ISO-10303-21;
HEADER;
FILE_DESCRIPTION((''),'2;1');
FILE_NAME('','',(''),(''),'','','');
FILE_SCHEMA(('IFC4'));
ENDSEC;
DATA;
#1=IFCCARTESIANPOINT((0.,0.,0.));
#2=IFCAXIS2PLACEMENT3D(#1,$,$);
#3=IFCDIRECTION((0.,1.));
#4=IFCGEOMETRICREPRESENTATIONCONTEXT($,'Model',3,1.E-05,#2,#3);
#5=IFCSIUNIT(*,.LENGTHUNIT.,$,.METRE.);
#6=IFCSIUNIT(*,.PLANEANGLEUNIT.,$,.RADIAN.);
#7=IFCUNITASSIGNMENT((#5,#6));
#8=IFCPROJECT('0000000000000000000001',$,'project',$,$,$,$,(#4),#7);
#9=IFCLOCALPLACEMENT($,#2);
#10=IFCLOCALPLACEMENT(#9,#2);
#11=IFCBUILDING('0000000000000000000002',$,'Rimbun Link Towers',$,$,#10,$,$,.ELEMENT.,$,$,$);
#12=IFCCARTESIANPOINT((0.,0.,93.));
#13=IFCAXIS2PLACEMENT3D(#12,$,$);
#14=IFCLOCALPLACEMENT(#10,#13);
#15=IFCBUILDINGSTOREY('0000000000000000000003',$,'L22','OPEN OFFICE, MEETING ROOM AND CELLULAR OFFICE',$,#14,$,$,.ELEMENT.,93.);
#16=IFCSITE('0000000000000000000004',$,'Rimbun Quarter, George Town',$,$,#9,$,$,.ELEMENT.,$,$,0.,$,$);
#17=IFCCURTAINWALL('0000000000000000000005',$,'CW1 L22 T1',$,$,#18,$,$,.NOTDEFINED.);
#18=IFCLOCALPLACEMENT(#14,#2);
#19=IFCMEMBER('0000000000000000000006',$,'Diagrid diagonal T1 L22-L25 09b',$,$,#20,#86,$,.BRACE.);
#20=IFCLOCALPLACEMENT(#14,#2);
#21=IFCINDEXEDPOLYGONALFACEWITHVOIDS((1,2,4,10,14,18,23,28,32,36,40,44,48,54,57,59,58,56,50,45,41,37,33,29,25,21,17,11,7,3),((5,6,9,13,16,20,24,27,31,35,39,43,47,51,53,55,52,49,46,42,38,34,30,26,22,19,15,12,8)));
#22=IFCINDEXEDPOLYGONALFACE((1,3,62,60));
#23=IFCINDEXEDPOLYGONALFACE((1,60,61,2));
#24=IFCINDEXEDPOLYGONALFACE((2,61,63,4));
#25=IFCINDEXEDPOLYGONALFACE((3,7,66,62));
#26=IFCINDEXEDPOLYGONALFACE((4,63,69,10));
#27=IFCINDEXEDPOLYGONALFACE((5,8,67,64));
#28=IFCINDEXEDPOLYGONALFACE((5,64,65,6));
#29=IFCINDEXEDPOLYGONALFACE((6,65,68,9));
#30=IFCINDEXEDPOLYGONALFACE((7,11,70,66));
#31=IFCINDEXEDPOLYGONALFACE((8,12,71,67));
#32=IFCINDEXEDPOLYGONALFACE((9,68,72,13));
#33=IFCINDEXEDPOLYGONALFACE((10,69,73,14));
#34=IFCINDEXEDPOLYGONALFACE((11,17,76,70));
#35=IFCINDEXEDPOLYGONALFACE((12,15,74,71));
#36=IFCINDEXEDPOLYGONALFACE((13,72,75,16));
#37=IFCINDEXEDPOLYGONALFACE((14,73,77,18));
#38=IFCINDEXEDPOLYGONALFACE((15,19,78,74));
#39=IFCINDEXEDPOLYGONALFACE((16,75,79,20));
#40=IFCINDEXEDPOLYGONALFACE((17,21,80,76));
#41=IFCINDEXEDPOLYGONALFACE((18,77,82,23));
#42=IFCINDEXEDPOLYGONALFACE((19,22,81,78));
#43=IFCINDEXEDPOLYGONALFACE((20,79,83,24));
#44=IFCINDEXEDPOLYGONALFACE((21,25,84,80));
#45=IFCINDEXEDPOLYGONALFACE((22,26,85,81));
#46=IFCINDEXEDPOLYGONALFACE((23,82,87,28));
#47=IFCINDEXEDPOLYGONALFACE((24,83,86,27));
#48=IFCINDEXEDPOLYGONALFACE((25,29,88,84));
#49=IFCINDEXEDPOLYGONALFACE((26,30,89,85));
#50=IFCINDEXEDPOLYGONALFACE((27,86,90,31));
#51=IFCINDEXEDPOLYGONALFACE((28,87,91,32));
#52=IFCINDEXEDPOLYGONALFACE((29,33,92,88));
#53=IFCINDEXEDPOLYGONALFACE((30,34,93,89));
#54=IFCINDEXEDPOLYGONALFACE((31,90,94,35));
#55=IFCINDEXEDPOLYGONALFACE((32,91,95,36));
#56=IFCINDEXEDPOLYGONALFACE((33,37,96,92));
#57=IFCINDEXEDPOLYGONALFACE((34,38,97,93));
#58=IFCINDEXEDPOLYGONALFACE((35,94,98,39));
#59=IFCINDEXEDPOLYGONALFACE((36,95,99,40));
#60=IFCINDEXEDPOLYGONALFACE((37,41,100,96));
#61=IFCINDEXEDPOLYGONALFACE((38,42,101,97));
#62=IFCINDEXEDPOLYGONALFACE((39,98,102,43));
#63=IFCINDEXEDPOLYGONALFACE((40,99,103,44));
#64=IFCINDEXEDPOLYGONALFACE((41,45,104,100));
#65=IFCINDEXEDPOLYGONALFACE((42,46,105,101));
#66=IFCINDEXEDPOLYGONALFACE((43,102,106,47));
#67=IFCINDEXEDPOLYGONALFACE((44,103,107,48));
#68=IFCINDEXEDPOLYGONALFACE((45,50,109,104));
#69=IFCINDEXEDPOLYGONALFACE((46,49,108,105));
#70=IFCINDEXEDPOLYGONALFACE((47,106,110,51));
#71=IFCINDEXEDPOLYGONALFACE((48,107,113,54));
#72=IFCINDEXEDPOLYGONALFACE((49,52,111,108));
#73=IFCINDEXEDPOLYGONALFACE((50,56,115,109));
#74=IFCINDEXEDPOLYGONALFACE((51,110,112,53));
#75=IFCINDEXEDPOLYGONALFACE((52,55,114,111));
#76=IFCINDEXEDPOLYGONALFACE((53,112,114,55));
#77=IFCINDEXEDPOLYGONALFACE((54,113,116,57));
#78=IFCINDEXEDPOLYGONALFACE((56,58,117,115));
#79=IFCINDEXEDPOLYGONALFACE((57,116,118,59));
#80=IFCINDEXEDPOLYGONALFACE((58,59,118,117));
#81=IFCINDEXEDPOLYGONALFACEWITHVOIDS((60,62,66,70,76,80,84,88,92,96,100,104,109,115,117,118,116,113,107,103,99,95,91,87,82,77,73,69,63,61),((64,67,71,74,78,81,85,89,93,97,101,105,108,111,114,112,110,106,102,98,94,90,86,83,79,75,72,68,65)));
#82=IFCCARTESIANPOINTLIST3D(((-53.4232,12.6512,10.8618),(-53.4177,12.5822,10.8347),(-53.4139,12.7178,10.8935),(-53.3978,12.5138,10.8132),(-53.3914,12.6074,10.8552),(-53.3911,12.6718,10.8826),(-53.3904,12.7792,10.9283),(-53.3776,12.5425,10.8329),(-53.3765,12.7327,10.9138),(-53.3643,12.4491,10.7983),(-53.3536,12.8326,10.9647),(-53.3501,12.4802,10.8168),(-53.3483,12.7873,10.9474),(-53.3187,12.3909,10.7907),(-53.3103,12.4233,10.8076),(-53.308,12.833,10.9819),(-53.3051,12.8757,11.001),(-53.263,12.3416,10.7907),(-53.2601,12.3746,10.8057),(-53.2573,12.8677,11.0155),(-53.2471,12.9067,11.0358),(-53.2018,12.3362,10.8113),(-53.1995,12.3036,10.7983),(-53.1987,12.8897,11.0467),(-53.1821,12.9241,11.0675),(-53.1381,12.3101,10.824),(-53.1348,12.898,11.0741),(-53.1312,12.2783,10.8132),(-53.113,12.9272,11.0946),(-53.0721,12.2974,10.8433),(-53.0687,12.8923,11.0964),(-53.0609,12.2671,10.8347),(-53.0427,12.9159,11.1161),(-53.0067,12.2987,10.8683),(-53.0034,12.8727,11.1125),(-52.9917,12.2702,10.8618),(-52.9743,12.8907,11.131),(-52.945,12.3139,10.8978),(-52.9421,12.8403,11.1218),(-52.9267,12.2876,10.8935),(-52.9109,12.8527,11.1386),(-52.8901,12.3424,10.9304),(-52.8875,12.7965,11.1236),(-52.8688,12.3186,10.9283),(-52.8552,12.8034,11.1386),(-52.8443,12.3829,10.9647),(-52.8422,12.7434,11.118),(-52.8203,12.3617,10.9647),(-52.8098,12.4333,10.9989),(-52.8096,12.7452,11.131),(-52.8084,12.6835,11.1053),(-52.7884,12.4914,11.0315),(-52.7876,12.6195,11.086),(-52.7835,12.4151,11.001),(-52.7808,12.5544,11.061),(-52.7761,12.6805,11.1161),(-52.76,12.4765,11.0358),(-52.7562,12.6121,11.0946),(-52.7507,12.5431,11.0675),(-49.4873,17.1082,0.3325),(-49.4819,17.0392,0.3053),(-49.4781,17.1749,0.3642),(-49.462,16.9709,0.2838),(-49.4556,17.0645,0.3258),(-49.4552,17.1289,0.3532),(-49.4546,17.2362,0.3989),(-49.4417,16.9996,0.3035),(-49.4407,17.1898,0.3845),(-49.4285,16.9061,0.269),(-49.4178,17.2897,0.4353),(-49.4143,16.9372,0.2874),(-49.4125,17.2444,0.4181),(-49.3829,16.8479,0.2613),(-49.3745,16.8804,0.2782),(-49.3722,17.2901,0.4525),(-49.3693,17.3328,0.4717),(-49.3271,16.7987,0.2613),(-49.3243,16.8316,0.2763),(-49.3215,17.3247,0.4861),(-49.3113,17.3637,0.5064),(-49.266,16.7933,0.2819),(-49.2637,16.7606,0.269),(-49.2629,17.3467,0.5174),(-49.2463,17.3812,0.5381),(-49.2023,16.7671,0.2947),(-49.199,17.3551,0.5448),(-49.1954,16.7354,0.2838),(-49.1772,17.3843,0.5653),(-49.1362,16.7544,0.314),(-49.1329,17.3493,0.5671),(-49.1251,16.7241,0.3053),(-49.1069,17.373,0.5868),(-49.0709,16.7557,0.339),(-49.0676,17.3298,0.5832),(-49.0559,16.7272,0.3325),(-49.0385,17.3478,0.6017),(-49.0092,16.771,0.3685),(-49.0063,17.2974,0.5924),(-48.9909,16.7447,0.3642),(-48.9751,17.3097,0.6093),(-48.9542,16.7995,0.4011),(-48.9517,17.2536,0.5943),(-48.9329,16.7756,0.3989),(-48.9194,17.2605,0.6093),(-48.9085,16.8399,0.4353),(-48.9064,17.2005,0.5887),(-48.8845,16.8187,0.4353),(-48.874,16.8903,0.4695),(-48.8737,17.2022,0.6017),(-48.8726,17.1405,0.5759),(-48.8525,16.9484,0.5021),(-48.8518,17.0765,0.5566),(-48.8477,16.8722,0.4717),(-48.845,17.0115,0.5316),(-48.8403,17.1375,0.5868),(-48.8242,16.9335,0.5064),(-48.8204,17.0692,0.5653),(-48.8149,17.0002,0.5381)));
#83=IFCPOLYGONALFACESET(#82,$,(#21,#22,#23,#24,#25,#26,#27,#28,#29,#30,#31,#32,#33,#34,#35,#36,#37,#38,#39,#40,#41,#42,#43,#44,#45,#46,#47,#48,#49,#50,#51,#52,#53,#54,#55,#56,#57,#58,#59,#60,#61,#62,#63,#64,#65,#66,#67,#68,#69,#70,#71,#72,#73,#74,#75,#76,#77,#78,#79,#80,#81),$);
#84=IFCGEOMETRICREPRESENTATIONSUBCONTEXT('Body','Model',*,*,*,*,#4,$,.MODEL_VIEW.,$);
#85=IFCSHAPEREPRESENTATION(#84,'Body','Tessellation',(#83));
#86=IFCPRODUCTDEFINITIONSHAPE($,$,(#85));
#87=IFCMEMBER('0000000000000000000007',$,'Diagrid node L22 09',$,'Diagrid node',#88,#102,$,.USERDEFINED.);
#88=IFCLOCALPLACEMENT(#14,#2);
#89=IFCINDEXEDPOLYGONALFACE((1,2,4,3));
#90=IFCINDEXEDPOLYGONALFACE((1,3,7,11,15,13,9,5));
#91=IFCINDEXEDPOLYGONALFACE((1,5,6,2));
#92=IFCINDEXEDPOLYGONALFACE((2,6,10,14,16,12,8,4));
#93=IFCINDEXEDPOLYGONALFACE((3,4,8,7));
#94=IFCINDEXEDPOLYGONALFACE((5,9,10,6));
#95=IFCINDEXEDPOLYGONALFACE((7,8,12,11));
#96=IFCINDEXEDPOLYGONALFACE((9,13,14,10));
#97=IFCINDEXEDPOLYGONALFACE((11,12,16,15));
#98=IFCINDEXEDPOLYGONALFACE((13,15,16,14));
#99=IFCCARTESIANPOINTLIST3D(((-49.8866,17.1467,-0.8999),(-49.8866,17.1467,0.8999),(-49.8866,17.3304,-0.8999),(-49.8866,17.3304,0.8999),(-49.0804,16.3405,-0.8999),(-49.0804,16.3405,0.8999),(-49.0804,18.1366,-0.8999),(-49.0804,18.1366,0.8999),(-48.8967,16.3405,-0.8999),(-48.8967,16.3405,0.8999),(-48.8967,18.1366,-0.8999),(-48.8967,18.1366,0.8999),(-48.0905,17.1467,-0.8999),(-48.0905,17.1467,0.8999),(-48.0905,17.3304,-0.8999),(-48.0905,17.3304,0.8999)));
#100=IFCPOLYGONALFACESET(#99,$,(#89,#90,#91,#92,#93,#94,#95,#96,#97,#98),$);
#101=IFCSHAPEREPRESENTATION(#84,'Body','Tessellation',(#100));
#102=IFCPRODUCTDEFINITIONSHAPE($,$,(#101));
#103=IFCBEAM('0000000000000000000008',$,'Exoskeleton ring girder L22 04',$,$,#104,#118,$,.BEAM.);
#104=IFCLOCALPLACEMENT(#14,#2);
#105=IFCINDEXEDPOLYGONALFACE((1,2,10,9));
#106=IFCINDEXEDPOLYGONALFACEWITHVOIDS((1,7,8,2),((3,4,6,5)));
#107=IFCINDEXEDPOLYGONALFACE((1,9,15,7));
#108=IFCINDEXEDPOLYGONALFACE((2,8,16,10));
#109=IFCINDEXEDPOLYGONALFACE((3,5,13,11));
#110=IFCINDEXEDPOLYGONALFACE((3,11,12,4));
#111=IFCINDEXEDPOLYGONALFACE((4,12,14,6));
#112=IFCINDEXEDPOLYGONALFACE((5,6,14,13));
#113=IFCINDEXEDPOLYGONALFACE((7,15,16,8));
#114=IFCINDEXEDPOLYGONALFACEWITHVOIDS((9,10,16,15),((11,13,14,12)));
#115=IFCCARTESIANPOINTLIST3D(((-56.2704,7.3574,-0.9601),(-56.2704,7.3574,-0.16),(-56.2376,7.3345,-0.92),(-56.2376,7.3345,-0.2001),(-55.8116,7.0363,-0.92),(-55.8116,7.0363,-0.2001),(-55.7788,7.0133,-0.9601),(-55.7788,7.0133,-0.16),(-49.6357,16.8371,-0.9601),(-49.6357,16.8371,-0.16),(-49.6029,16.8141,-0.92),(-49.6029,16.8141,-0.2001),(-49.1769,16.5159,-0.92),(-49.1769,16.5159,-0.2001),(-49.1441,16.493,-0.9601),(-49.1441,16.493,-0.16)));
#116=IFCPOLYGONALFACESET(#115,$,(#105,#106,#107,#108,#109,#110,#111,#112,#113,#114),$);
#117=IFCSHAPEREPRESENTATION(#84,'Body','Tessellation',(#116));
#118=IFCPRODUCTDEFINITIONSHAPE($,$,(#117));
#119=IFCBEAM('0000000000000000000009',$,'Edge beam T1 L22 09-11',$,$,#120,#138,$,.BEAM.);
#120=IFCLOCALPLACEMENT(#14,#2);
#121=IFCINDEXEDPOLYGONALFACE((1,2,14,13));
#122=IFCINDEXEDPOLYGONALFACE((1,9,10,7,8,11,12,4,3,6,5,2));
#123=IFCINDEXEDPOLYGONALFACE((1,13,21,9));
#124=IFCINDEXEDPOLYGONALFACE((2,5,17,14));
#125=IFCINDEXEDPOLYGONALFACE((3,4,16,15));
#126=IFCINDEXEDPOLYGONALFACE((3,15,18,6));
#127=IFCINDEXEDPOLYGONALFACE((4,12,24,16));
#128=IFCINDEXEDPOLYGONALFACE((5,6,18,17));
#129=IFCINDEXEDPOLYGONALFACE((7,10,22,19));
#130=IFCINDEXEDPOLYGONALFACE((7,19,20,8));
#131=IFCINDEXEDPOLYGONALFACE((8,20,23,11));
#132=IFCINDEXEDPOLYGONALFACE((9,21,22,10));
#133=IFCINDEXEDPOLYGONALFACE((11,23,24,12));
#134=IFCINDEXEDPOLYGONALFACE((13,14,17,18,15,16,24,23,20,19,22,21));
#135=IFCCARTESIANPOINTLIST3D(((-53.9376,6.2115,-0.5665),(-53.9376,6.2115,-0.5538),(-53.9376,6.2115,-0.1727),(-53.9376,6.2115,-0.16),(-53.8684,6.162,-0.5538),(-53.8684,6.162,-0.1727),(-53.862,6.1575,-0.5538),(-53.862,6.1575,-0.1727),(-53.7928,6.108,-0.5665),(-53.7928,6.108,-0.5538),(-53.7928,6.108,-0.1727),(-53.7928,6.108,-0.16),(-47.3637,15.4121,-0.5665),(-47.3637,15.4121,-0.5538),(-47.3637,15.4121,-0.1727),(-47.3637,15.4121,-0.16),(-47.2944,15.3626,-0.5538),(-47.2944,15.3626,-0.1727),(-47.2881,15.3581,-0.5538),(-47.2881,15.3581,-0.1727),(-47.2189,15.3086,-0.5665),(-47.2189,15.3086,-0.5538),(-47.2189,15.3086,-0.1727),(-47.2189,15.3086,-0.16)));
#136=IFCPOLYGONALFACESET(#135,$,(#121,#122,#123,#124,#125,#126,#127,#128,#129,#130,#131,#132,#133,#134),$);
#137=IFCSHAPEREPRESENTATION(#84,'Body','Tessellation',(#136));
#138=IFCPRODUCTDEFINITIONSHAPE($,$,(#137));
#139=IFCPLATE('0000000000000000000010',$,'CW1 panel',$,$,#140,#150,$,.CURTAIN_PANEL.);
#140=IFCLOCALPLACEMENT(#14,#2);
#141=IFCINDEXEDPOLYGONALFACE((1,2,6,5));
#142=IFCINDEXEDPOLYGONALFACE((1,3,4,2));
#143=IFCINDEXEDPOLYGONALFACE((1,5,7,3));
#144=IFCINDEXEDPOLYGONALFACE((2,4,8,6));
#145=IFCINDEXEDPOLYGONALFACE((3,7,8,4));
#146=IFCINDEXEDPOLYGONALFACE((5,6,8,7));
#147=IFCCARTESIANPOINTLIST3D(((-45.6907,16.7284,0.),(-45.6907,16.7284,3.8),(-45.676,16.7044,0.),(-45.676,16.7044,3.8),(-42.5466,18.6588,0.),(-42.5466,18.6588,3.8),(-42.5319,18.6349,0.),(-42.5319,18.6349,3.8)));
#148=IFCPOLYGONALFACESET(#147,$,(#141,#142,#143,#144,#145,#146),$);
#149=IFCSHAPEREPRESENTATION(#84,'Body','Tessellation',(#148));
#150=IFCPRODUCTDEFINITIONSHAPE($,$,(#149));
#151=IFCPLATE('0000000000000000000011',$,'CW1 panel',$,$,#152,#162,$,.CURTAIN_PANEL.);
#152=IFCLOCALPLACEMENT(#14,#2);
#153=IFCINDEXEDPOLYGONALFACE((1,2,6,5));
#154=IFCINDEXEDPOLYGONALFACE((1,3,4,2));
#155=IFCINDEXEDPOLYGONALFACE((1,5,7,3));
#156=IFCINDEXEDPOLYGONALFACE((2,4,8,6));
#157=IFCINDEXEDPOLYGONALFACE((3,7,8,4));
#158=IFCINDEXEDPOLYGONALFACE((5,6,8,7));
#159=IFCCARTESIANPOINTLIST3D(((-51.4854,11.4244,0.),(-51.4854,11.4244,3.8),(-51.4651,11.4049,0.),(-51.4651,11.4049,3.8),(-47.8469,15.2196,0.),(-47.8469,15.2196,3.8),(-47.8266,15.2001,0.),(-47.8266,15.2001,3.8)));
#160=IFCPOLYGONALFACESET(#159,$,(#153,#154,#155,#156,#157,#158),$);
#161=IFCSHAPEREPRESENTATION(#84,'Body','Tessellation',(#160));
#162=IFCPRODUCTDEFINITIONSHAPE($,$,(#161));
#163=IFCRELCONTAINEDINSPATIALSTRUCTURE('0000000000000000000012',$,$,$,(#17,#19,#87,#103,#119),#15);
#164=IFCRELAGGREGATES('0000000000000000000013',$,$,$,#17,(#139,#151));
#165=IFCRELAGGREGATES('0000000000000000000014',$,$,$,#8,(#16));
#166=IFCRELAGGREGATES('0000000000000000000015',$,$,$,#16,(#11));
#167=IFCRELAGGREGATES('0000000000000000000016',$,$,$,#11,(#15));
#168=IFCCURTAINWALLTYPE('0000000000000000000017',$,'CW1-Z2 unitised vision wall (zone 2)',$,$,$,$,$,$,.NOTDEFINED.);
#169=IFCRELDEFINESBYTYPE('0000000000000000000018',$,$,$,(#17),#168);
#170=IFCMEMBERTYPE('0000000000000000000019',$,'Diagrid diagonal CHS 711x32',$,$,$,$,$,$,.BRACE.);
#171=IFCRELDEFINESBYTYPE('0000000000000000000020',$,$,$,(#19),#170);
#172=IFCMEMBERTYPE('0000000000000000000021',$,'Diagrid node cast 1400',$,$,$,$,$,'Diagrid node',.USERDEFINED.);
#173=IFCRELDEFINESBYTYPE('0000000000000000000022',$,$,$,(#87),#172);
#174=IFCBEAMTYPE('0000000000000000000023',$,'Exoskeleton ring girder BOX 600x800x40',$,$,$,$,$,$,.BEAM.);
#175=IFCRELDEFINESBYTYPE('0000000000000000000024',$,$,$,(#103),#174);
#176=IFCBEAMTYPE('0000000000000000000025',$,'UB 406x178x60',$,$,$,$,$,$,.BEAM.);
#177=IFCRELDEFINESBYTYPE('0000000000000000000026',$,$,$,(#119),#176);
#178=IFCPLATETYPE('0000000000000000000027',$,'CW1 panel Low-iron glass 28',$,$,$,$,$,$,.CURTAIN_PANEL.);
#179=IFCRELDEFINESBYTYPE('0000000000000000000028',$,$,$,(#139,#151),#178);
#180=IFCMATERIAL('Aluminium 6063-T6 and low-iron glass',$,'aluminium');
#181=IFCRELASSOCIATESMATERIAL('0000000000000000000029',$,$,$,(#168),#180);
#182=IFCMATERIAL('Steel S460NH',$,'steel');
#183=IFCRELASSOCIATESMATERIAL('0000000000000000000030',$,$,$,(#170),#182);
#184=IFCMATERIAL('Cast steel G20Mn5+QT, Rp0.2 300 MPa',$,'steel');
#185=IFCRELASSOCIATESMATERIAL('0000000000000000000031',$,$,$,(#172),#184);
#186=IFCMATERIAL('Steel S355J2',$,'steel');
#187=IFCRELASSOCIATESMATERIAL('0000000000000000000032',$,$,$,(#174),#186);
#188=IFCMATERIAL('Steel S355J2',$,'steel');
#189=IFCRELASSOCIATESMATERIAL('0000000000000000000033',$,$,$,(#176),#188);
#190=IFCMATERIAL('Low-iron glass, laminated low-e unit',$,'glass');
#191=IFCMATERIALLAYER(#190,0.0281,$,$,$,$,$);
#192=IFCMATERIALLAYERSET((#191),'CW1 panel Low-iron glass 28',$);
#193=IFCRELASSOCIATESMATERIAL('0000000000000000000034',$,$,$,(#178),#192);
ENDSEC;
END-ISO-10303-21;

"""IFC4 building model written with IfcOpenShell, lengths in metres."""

from ifc_helpers import new_model, si_unit, direction, frame, origin, origin_2d, place, context, subcontext, project, spatial, polyline, rectangle, hollow_rectangle, hollow_circle, i_section, outline, extrude, material, layer, layer_set, material_profile, profile_set, type_object, element, aggregate, save


model = new_model("IFC4")

# Units and contexts
model_context = context("Model", 3, precision=1e-05, world=origin(), true_north=direction((0.0, 1.0)))
body_context = subcontext(model_context, "Body", "Model", "MODEL_VIEW")
ifc_project = project(units=[si_unit("LENGTHUNIT", "METRE"), si_unit("PLANEANGLEUNIT", "RADIAN")], contexts=[model_context])

# Site, building, storey
site_placement = place(None, origin())
site = spatial("IfcSite", under=ifc_project, at=site_placement, Name="Rimbun Quarter, George Town", CompositionType="ELEMENT", RefElevation=0.0)
building_placement = place(site_placement, origin())
building = spatial("IfcBuilding", under=site, at=building_placement, Name="Rimbun Link Towers", CompositionType="ELEMENT")
storey_placement = place(building_placement, frame((0.0, 0.0, 93.0)))
storey = spatial("IfcBuildingStorey", under=building, at=storey_placement, Name="L22", Description="OPEN OFFICE, MEETING ROOM AND CELLULAR OFFICE", CompositionType="ELEMENT", Elevation=93.0)

# Curtain wall
ifc_material_1 = material(Name="Aluminium 6063-T6 and low-iron glass", Category="aluminium")
curtain_wall_type = type_object("IfcCurtainWallType", Name="CW1-Z2 unitised vision wall (zone 2)", PredefinedType="NOTDEFINED", material=ifc_material_1)
curtain_wall_placement = place(storey_placement, origin())
curtain_wall = element("IfcCurtainWall", 1, at=curtain_wall_placement, inside=storey, type_object=curtain_wall_type, Name="CW1 L22 T1", PredefinedType="NOTDEFINED")

# Members
ifc_material_2 = material(Name="Steel S460NH", Category="steel")
ifc_material_profile_1 = material_profile(ifc_material_2, hollow_circle(Radius=0.3557, WallThickness=0.032, at=origin_2d()), Name="Diagrid diagonal CHS 711x32")
ifc_profile_set_1 = profile_set([ifc_material_profile_1], Name="Steel S460NH")
member_type_1 = type_object("IfcMemberType", Name="Diagrid diagonal CHS 711x32", PredefinedType="BRACE", material=ifc_profile_set_1)
member_1_placement = place(storey_placement, frame((-49.1511, 17.0542, 0.4353), z_axis=(-0.325481, -0.368587, 0.87075), x_axis=(0.749578, -0.661916, 0.0)))
element("IfcMember", 2, at=member_1_placement, inside=storey, type_object=member_type_1, Name="Diagrid diagonal T1 L22-L25 09b", PredefinedType="BRACE", context=body_context, shape_type="SweptSolid", body=[
    extrude(hollow_circle(Radius=0.3557, WallThickness=0.032, at=origin_2d()), origin(), (0.0, 0.0, 1.0), 12.0923),
])
ifc_material_3 = material(Name="Cast steel G20Mn5+QT, Rp0.2 300 MPa", Category="steel")
ifc_material_profile_2 = material_profile(ifc_material_3, outline(polyline([(0.7, -0.5701), (0.7, 0.5701), (0.5701, 0.7), (-0.5701, 0.7), (-0.7, 0.5701), (-0.7, -0.5701), (-0.5701, -0.7), (0.5701, -0.7), (0.7, -0.5701)])), Name="NODE 1400x1400")
ifc_profile_set_2 = profile_set([ifc_material_profile_2], Name="Cast steel G20Mn5+QT, Rp0.2 300 MPa")
member_type_2 = type_object("IfcMemberType", Name="Diagrid node cast 1400", ElementType="Diagrid node", PredefinedType="USERDEFINED", material=ifc_profile_set_2)
member_2_placement = place(storey_placement, frame((-48.9885, 17.2385, -0.8999), z_axis=(0.0, 0.0, 1.0), x_axis=(-0.707107, 0.707107, 0.0)))
element("IfcMember", 3, at=member_2_placement, inside=storey, type_object=member_type_2, Name="Diagrid node L22 09", ObjectType="Diagrid node", PredefinedType="USERDEFINED", context=body_context, shape_type="SweptSolid", body=[
    extrude(outline(polyline([(0.7, -0.5701), (0.7, 0.5701), (0.5701, 0.7), (-0.5701, 0.7), (-0.7, 0.5701), (-0.7, -0.5701), (-0.5701, -0.7), (0.5701, -0.7), (0.7, -0.5701)])), origin(), (0.0, 0.0, 1.0), 1.7998),
])

# Beams
ifc_material_4 = material(Name="Steel S355J2", Category="steel")
ifc_material_profile_3 = material_profile(ifc_material_4, hollow_rectangle(XDim=0.6001, YDim=0.8, WallThickness=0.04, at=origin_2d()), Name="Exoskeleton ring girder BOX 600x800x40")
ifc_profile_set_3 = profile_set([ifc_material_profile_3], Name="Steel S355J2")
beam_type_1 = type_object("IfcBeamType", Name="Exoskeleton ring girder BOX 600x800x40", PredefinedType="BEAM", material=ifc_profile_set_3)
beam_1_placement = place(storey_placement, frame((-49.3899, 16.665, -0.5601), z_axis=(-0.573401, -0.819275, 0.0), x_axis=(0.819275, -0.573401, 0.0)))
element("IfcBeam", 4, at=beam_1_placement, inside=storey, type_object=beam_type_1, Name="Exoskeleton ring girder L22 04", PredefinedType="BEAM", context=body_context, shape_type="SweptSolid", body=[
    extrude(hollow_rectangle(XDim=0.6001, YDim=0.8, WallThickness=0.04, at=origin_2d()), origin(), (0.0, 0.0, 1.0), 11.5708),
])
ifc_material_5 = material(Name="Steel S355J2", Category="steel")
ifc_material_profile_4 = material_profile(ifc_material_5, i_section(OverallWidth=0.178, OverallDepth=0.4065, WebThickness=0.0078, FlangeThickness=0.0127, at=origin_2d()), Name="UB 406x178x60")
ifc_profile_set_4 = profile_set([ifc_material_profile_4], Name="Steel S355J2")
beam_type_2 = type_object("IfcBeamType", Name="UB 406x178x60", PredefinedType="BEAM", material=ifc_profile_set_4)
beam_2_placement = place(storey_placement, frame((-47.2913, 15.3604, -0.3633), z_axis=(-0.581359, -0.813647, 0.0), x_axis=(0.813647, -0.581359, 0.0)))
element("IfcBeam", 5, at=beam_2_placement, inside=storey, type_object=beam_type_2, Name="Edge beam T1 L22 09-11", PredefinedType="BEAM", context=body_context, shape_type="SweptSolid", body=[
    extrude(i_section(OverallWidth=0.178, OverallDepth=0.4065, WebThickness=0.0078, FlangeThickness=0.0127, at=origin_2d()), origin(), (0.0, 0.0, 1.0), 11.3079),
])

# Plates
ifc_material_6 = material(Name="Low-iron glass, laminated low-e unit", Category="glass")
ifc_layer_1 = layer(ifc_material_6, 0.0281)
ifc_layer_set_1 = layer_set([ifc_layer_1], Name="CW1 panel Low-iron glass 28")
plate_type = type_object("IfcPlateType", Name="CW1 panel Low-iron glass 28", PredefinedType="CURTAIN_PANEL", material=ifc_layer_set_1)
plate_1_placement = place(storey_placement, frame((-44.1113, 17.6816, 0.0), z_axis=(0.0, 0.0, 1.0), x_axis=(0.852186, 0.523239, 0.0)))
plate_1 = element("IfcPlate", 6, at=plate_1_placement, type_object=plate_type, Name="CW1 panel", PredefinedType="CURTAIN_PANEL", context=body_context, shape_type="SweptSolid", body=[
    extrude(rectangle(XDim=3.6895, YDim=0.0281, at=origin_2d()), origin(), (0.0, 0.0, 1.0), 3.8),
])
plate_2_placement = place(storey_placement, frame((-49.656, 13.3123, 0.0), z_axis=(0.0, 0.0, 1.0), x_axis=(0.692045, 0.721854, 0.0)))
plate_2 = element("IfcPlate", 7, at=plate_2_placement, type_object=plate_type, Name="CW1 panel", PredefinedType="CURTAIN_PANEL", context=body_context, shape_type="SweptSolid", body=[
    extrude(rectangle(XDim=5.2576, YDim=0.0281, at=origin_2d()), origin(), (0.0, 0.0, 1.0), 3.8),
])
aggregate(curtain_wall, [plate_1, plate_2])

save(model, "model.ifc")
